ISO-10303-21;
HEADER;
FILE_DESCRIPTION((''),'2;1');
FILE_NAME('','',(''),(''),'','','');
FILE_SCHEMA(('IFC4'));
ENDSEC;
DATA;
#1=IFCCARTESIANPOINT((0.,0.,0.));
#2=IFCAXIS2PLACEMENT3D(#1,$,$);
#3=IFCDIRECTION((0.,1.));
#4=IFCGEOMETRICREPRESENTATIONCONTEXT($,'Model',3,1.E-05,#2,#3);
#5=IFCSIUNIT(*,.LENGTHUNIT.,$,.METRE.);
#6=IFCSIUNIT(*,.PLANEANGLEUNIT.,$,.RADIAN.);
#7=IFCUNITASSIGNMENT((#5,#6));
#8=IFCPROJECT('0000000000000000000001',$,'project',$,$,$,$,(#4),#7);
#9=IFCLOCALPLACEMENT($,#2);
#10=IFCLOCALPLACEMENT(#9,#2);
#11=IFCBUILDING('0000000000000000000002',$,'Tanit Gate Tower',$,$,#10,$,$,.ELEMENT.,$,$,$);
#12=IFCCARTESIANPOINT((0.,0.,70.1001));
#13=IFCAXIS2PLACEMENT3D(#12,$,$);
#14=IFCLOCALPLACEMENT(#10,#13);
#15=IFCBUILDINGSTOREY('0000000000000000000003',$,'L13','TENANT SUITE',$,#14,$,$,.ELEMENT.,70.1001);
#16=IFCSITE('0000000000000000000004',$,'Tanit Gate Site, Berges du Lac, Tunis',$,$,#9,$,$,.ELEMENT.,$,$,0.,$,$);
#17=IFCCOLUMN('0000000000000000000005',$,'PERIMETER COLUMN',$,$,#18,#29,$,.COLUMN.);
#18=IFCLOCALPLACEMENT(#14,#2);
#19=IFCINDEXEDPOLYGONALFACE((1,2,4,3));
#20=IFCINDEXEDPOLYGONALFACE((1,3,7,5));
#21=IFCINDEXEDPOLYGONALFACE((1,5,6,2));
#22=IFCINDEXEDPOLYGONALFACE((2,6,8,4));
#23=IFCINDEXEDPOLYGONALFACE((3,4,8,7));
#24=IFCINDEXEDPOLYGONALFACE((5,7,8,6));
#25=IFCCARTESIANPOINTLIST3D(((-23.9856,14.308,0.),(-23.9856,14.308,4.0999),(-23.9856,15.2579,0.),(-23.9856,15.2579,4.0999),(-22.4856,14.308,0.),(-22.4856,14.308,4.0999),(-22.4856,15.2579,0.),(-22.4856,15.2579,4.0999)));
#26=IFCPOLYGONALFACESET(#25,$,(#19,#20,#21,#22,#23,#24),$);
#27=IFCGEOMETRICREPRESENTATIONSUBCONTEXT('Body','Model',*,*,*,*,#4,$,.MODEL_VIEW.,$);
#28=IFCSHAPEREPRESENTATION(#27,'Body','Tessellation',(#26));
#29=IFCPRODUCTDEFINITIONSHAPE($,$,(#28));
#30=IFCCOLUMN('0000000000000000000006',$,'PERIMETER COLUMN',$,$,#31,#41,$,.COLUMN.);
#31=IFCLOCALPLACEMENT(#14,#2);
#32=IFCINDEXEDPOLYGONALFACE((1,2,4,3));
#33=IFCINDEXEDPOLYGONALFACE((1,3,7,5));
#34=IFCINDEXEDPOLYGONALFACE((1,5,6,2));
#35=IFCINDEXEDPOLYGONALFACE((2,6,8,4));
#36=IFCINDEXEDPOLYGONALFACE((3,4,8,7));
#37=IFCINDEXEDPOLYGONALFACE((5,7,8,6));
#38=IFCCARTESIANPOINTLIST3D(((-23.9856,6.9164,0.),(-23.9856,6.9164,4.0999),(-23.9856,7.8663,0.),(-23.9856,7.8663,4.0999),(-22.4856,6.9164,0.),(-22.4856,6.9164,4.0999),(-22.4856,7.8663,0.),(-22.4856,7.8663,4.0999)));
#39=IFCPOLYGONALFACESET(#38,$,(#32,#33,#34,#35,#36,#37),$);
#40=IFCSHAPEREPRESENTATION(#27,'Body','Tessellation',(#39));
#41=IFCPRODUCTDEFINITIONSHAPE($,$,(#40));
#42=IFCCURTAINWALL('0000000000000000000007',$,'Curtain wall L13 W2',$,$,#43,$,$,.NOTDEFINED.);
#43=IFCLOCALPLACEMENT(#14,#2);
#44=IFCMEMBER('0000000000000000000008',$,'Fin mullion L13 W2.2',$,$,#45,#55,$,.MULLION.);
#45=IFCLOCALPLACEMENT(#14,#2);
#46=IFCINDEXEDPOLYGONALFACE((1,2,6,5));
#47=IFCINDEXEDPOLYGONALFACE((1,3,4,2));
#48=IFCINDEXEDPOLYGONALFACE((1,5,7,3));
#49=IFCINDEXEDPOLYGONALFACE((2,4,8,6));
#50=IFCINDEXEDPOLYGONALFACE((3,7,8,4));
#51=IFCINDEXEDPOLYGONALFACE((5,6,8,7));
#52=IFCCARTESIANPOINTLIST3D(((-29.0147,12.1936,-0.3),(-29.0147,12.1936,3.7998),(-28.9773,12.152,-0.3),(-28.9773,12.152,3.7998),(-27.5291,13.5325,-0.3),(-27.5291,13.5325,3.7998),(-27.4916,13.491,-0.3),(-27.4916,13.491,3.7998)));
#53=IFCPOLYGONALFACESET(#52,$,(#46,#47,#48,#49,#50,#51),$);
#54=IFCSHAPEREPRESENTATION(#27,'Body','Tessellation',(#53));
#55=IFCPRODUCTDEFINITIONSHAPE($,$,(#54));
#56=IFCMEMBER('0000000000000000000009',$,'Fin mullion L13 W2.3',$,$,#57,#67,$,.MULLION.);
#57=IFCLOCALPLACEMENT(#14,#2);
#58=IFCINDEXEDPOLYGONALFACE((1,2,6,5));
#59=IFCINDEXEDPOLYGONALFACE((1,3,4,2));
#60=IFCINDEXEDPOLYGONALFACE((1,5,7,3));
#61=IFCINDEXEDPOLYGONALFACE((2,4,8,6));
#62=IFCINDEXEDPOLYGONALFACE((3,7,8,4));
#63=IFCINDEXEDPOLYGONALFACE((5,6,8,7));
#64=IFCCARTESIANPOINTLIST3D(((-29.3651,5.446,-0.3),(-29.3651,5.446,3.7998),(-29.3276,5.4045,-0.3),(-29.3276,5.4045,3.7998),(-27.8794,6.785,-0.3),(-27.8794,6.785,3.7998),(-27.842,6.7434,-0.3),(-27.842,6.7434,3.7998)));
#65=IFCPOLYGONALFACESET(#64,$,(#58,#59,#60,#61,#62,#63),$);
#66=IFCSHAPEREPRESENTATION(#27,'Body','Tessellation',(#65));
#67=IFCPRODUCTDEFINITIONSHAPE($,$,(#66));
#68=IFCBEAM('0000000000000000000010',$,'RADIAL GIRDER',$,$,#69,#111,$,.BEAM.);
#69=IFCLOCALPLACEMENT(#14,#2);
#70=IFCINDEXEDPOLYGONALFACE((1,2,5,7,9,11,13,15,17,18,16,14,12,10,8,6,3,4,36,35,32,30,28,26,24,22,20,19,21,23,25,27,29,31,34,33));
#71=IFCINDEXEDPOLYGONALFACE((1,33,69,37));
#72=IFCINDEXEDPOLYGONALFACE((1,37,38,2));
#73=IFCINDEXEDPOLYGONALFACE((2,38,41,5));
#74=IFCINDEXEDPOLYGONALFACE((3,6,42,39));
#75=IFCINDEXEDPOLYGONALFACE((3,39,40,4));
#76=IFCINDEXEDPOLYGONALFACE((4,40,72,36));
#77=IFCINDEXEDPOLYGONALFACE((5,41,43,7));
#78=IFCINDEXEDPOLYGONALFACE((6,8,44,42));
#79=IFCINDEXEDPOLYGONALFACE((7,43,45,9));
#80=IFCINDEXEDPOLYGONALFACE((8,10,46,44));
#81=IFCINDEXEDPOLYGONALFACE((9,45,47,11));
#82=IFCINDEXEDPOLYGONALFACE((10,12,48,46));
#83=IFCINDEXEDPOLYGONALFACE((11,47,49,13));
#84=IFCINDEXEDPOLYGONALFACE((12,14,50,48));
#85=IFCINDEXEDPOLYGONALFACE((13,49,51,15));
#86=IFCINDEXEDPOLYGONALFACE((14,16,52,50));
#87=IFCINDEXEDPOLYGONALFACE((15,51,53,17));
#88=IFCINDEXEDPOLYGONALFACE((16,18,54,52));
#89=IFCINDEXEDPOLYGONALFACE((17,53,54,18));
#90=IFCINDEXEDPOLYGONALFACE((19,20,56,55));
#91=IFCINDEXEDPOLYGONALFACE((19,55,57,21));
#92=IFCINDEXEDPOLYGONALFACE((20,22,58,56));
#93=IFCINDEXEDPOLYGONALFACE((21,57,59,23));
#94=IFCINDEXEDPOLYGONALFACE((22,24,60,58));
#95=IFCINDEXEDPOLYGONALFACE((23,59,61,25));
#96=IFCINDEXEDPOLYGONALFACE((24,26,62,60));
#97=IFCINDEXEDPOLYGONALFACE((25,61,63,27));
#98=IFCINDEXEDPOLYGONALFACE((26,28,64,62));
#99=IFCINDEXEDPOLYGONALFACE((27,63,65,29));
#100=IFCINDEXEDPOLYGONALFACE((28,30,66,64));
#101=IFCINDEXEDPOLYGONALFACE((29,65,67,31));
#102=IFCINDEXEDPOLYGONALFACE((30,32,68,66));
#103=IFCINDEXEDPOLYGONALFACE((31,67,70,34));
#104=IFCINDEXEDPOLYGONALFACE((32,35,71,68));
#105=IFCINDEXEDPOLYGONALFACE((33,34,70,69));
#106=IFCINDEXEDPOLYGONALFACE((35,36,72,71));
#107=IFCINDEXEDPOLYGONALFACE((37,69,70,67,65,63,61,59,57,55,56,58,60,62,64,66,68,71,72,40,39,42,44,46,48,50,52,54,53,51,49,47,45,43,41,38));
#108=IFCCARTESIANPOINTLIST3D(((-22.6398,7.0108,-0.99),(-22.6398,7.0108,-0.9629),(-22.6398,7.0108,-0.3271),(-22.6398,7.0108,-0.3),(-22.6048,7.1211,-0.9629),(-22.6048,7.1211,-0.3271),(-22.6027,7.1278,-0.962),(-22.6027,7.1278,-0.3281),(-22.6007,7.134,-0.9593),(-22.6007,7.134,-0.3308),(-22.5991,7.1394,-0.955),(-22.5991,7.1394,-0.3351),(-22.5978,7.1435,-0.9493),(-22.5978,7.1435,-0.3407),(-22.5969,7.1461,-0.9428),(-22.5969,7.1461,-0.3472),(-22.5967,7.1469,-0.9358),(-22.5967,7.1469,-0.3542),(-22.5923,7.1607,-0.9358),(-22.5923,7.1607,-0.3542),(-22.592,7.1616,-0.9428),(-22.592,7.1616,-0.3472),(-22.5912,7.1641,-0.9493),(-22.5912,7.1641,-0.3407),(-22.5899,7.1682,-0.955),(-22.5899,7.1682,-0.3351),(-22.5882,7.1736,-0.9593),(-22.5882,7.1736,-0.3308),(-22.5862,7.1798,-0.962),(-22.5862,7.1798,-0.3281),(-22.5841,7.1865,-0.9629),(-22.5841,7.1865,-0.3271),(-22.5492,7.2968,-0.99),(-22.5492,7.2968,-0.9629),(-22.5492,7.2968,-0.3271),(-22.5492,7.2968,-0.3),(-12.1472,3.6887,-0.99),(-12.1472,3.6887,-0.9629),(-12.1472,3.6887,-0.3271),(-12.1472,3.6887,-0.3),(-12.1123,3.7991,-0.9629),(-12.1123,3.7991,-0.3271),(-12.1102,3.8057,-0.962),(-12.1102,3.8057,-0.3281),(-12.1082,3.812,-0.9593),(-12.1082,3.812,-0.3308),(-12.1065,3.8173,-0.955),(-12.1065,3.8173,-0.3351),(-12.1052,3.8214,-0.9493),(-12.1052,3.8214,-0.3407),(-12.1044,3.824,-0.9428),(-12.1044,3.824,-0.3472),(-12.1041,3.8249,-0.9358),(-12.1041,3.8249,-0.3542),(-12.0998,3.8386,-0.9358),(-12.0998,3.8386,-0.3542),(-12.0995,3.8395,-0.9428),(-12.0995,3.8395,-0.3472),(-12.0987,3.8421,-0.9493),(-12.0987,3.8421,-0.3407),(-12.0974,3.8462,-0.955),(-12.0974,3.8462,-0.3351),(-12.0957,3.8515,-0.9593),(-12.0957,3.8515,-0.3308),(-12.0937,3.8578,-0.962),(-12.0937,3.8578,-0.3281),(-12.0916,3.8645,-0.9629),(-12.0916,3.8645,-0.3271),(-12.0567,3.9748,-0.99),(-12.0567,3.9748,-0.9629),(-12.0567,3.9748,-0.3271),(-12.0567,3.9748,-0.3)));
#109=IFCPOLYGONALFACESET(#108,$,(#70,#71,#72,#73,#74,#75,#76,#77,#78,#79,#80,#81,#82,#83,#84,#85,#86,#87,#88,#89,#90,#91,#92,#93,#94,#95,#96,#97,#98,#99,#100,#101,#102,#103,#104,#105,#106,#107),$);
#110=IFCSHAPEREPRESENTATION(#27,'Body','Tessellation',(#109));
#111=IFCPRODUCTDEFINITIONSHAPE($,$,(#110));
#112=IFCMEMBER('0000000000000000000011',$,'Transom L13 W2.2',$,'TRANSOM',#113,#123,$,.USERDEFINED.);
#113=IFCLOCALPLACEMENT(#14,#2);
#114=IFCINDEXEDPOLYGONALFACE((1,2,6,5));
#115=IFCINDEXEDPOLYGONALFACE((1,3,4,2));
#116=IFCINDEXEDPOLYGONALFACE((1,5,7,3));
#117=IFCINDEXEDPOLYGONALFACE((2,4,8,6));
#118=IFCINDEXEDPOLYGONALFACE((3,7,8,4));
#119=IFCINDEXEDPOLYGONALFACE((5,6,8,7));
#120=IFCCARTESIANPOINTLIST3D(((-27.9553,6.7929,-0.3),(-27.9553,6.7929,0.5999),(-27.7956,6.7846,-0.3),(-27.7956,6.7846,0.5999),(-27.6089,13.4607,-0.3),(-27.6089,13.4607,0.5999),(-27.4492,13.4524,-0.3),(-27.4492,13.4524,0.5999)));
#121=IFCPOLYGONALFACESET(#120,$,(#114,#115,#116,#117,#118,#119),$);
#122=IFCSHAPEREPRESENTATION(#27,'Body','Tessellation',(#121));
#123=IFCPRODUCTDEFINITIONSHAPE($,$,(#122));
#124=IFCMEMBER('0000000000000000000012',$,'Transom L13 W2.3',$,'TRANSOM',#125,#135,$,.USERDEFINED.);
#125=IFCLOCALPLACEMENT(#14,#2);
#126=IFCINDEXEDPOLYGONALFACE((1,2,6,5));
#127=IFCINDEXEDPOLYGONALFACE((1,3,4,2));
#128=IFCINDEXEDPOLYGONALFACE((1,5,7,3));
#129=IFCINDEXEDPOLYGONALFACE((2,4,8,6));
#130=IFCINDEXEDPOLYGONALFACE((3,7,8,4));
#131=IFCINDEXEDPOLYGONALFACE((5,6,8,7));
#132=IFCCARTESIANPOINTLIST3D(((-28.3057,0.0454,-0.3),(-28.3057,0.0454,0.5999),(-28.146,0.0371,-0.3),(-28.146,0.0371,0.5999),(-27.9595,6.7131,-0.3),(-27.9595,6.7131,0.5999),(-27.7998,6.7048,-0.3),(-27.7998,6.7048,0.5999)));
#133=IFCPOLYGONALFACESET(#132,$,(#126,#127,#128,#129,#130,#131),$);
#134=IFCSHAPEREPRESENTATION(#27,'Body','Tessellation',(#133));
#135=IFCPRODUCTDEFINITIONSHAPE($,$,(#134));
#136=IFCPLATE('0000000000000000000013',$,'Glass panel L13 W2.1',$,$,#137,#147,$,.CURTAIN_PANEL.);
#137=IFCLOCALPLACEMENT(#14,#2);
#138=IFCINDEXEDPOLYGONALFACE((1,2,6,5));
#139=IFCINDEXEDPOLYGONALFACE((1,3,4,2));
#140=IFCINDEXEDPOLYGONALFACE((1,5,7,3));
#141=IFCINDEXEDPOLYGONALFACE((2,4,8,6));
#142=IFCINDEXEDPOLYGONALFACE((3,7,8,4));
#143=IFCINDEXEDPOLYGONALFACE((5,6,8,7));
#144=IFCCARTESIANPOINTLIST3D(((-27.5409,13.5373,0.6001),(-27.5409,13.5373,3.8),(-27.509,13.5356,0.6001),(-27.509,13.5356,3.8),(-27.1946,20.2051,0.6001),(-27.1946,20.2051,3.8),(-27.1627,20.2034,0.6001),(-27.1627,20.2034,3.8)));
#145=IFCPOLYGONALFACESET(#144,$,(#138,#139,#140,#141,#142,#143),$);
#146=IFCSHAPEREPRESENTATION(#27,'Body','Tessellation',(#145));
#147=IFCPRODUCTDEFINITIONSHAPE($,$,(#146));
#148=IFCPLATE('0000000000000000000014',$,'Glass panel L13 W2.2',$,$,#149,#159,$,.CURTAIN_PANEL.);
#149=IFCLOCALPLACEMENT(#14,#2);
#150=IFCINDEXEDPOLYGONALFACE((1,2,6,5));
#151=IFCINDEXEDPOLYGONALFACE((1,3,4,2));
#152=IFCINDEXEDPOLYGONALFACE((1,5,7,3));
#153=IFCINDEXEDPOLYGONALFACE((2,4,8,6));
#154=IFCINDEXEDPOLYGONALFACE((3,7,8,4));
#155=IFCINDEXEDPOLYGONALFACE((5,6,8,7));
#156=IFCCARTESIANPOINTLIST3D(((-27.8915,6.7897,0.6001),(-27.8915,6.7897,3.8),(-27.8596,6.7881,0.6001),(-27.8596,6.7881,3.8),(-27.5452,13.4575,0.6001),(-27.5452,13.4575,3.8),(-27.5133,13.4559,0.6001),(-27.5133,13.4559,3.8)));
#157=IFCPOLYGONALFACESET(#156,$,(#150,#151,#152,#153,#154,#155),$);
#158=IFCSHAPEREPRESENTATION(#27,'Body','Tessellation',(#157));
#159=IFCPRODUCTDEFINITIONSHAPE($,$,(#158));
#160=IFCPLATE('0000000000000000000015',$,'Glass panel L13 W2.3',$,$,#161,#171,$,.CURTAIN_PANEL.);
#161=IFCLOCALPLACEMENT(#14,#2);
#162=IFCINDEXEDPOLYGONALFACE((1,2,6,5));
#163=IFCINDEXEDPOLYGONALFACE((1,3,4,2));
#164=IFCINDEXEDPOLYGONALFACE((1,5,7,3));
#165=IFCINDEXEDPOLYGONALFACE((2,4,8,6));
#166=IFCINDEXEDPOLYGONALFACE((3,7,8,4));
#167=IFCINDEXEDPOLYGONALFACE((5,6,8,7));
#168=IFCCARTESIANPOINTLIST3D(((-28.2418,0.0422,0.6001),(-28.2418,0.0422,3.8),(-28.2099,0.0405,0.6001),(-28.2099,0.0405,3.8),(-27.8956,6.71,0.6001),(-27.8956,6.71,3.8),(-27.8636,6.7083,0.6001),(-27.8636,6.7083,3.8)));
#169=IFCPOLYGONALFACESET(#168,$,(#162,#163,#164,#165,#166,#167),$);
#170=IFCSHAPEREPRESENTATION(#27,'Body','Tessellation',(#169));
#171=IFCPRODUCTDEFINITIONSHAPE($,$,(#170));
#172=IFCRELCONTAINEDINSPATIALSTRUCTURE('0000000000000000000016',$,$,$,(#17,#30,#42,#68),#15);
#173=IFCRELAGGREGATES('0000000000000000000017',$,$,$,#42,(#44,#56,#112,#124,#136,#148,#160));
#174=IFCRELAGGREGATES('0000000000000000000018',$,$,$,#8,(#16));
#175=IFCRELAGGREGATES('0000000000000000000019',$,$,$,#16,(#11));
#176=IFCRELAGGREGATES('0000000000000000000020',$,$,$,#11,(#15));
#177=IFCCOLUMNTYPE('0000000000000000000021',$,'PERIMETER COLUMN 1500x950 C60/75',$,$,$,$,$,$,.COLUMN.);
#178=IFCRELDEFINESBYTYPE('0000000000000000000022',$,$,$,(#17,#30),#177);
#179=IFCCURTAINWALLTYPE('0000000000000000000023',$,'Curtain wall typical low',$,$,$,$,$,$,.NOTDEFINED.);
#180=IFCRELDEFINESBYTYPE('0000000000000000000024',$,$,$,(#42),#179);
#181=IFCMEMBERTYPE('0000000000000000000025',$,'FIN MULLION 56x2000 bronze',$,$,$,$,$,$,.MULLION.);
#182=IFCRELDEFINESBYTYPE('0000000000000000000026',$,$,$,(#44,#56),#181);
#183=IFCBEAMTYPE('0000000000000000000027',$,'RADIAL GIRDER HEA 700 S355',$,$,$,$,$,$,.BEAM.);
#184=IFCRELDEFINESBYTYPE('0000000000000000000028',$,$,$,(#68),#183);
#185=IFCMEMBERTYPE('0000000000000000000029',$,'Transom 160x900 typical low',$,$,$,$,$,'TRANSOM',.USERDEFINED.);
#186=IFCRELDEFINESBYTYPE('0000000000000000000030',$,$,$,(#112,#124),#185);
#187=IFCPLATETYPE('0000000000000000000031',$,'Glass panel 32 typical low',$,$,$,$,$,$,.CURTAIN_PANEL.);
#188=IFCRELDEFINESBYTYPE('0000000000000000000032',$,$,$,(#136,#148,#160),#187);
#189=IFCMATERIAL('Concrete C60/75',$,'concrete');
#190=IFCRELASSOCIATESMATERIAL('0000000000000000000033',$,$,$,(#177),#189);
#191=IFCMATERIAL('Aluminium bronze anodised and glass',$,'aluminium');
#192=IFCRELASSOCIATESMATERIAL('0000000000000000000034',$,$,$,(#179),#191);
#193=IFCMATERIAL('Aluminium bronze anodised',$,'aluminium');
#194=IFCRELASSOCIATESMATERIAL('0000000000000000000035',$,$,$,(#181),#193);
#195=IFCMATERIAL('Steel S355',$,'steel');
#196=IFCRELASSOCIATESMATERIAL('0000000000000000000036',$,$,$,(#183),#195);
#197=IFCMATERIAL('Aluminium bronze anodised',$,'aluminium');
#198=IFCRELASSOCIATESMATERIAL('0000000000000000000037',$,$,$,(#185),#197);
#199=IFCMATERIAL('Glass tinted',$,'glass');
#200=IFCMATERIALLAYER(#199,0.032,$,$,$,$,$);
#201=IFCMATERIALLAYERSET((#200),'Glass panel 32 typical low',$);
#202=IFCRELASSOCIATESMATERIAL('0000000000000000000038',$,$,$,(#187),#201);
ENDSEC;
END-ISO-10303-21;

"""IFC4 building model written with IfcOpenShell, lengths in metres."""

from ifc_helpers import new_model, si_unit, direction, frame, origin, origin_2d, place, context, subcontext, project, spatial, rectangle, i_section, extrude, material, layer, layer_set, material_profile, profile_set, type_object, element, aggregate, save


model = new_model("IFC4")

# Units and contexts
model_context = context("Model", 3, precision=1e-05, world=origin(), true_north=direction((0.0, 1.0)))
body_context = subcontext(model_context, "Body", "Model", "MODEL_VIEW")
ifc_project = project(units=[si_unit("LENGTHUNIT", "METRE"), si_unit("PLANEANGLEUNIT", "RADIAN")], contexts=[model_context])

# Site, building, storey
site_placement = place(None, origin())
site = spatial("IfcSite", under=ifc_project, at=site_placement, Name="Tanit Gate Site, Berges du Lac, Tunis", CompositionType="ELEMENT", RefElevation=0.0)
building_placement = place(site_placement, origin())
building = spatial("IfcBuilding", under=site, at=building_placement, Name="Tanit Gate Tower", CompositionType="ELEMENT")
storey_placement = place(building_placement, frame((0.0, 0.0, 70.1001)))
storey = spatial("IfcBuildingStorey", under=building, at=storey_placement, Name="L13", Description="TENANT SUITE", CompositionType="ELEMENT", Elevation=70.1001)

# Columns
ifc_material_1 = material(Name="Concrete C60/75", Category="concrete")
ifc_material_profile_1 = material_profile(ifc_material_1, rectangle(XDim=1.5, YDim=0.95, at=origin_2d()), Name="RC 1500x950")
ifc_profile_set_1 = profile_set([ifc_material_profile_1], Name="Concrete C60/75")
column_type = type_object("IfcColumnType", Name="PERIMETER COLUMN 1500x950 C60/75", PredefinedType="COLUMN", material=ifc_profile_set_1)
for number, where, z_axis, x_axis, name in (
    (1, (-23.2356, 14.783, 0.0), (0.0, 0.0, 1.0), (-1.0, 0.0, 0.0), "PERIMETER COLUMN"),
    (2, (-23.2356, 7.3914, 0.0), (0.0, 0.0, 1.0), (-1.0, 0.0, 0.0), "PERIMETER COLUMN"),
):
    element("IfcColumn", number, at=place(storey_placement, frame(where, z_axis=z_axis, x_axis=x_axis)), inside=storey, type_object=column_type, Name=name, PredefinedType="COLUMN", context=body_context, shape_type="SweptSolid", body=[
        extrude(rectangle(XDim=1.5, YDim=0.95, at=origin_2d()), origin(), (0.0, 0.0, 1.0), 4.0999),
    ])

# Curtain wall, members
ifc_material_2 = material(Name="Aluminium bronze anodised and glass", Category="aluminium")
curtain_wall_type = type_object("IfcCurtainWallType", Name="Curtain wall typical low", PredefinedType="NOTDEFINED", material=ifc_material_2)
curtain_wall_placement = place(storey_placement, origin())
curtain_wall = element("IfcCurtainWall", 3, at=curtain_wall_placement, inside=storey, type_object=curtain_wall_type, Name="Curtain wall L13 W2", PredefinedType="NOTDEFINED")
ifc_material_3 = material(Name="Aluminium bronze anodised", Category="aluminium")
ifc_material_profile_2 = material_profile(ifc_material_3, rectangle(XDim=2.0, YDim=0.0559, at=origin_2d()), Name="56x2000 bronze fin mullion")
ifc_profile_set_2 = profile_set([ifc_material_profile_2], Name="Aluminium bronze anodised")
member_type_1 = type_object("IfcMemberType", Name="FIN MULLION 56x2000 bronze", PredefinedType="MULLION", material=ifc_profile_set_2)
member_1_placement = place(storey_placement, frame((-28.2532, 12.8423, -0.3), z_axis=(0.0, 0.0, 1.0), x_axis=(0.742829, 0.669481, 0.0)))
member_1 = element("IfcMember", 4, at=member_1_placement, type_object=member_type_1, Name="Fin mullion L13 W2.2", PredefinedType="MULLION", context=body_context, shape_type="SweptSolid", body=[
    extrude(rectangle(XDim=2.0, YDim=0.0559, at=origin_2d()), origin(), (0.0, 0.0, 1.0), 4.0999),
])
member_2_placement = place(storey_placement, frame((-28.6035, 6.0947, -0.3), z_axis=(0.0, 0.0, 1.0), x_axis=(0.742829, 0.669481, 0.0)))
member_2 = element("IfcMember", 5, at=member_2_placement, type_object=member_type_1, Name="Fin mullion L13 W2.3", PredefinedType="MULLION", context=body_context, shape_type="SweptSolid", body=[
    extrude(rectangle(XDim=2.0, YDim=0.0559, at=origin_2d()), origin(), (0.0, 0.0, 1.0), 4.0999),
])

# Beam
ifc_material_4 = material(Name="Steel S355", Category="steel")
ifc_material_profile_3 = material_profile(ifc_material_4, i_section(OverallWidth=0.3, OverallDepth=0.6899, WebThickness=0.0144, FlangeThickness=0.0271, FilletRadius=0.0271, at=origin_2d()), Name="HEA 700")
ifc_profile_set_3 = profile_set([ifc_material_profile_3], Name="Steel S355")
beam_type = type_object("IfcBeamType", Name="RADIAL GIRDER HEA 700 S355", PredefinedType="BEAM", material=ifc_profile_set_3)
beam_placement = place(storey_placement, frame((-22.5945, 7.1538, -0.645), z_axis=(0.953357, -0.301844, 0.0), x_axis=(0.301844, 0.953357, 0.0)))
element("IfcBeam", 6, at=beam_placement, inside=storey, type_object=beam_type, Name="RADIAL GIRDER", PredefinedType="BEAM", context=body_context, shape_type="SweptSolid", body=[
    extrude(i_section(OverallWidth=0.3, OverallDepth=0.6899, WebThickness=0.0144, FlangeThickness=0.0271, FilletRadius=0.0271, at=origin_2d()), origin(), (0.0, 0.0, 1.0), 11.0059),
])

# Members
ifc_material_5 = material(Name="Aluminium bronze anodised", Category="aluminium")
ifc_material_profile_4 = material_profile(ifc_material_5, rectangle(XDim=0.1599, YDim=0.8999, at=origin_2d()), Name="160x900 bronze transom")
ifc_profile_set_4 = profile_set([ifc_material_profile_4], Name="Aluminium bronze anodised")
member_type_2 = type_object("IfcMemberType", Name="Transom 160x900 typical low", ElementType="TRANSOM", PredefinedType="USERDEFINED", material=ifc_profile_set_4)
member_3_placement = place(storey_placement, frame((-27.5291, 13.4565, 0.1499), z_axis=(-0.051887, -0.998653, 0.0), x_axis=(0.998653, -0.051887, 0.0)))
member_3 = element("IfcMember", 7, at=member_3_placement, type_object=member_type_2, Name="Transom L13 W2.2", ObjectType="TRANSOM", PredefinedType="USERDEFINED", context=body_context, shape_type="SweptSolid", body=[
    extrude(rectangle(XDim=0.1599, YDim=0.8999, at=origin_2d()), origin(), (0.0, 0.0, 1.0), 6.6768),
])
member_4_placement = place(storey_placement, frame((-27.8796, 6.709, 0.1499), z_axis=(-0.051851, -0.998655, 0.0), x_axis=(0.998655, -0.051851, 0.0)))
member_4 = element("IfcMember", 8, at=member_4_placement, type_object=member_type_2, Name="Transom L13 W2.3", ObjectType="TRANSOM", PredefinedType="USERDEFINED", context=body_context, shape_type="SweptSolid", body=[
    extrude(rectangle(XDim=0.1599, YDim=0.8999, at=origin_2d()), origin(), (0.0, 0.0, 1.0), 6.6768),
])

# Plates
ifc_material_6 = material(Name="Glass tinted", Category="glass")
ifc_layer = layer(ifc_material_6, 0.032)
ifc_layer_set = layer_set([ifc_layer], Name="Glass panel 32 typical low")
plate_type = type_object("IfcPlateType", Name="Glass panel 32 typical low", PredefinedType="CURTAIN_PANEL", material=ifc_layer_set)
plate_1_placement = place(storey_placement, frame((-27.3518, 16.8704, 0.6001), z_axis=(0.0, 0.0, 1.0), x_axis=(-0.051865, -0.998654, 0.0)))
plate_1 = element("IfcPlate", 9, at=plate_1_placement, type_object=plate_type, Name="Glass panel L13 W2.1", PredefinedType="CURTAIN_PANEL", context=body_context, shape_type="SweptSolid", body=[
    extrude(rectangle(XDim=6.6768, YDim=0.032, at=origin_2d()), origin(), (0.0, 0.0, 1.0), 3.2),
])
plate_2_placement = place(storey_placement, frame((-27.7024, 10.1228, 0.6001), z_axis=(0.0, 0.0, 1.0), x_axis=(-0.051865, -0.998654, 0.0)))
plate_2 = element("IfcPlate", 10, at=plate_2_placement, type_object=plate_type, Name="Glass panel L13 W2.2", PredefinedType="CURTAIN_PANEL", context=body_context, shape_type="SweptSolid", body=[
    extrude(rectangle(XDim=6.6768, YDim=0.032, at=origin_2d()), origin(), (0.0, 0.0, 1.0), 3.2),
])
plate_3_placement = place(storey_placement, frame((-28.0527, 3.3752, 0.6001), z_axis=(0.0, 0.0, 1.0), x_axis=(-0.051865, -0.998654, 0.0)))
plate_3 = element("IfcPlate", 11, at=plate_3_placement, type_object=plate_type, Name="Glass panel L13 W2.3", PredefinedType="CURTAIN_PANEL", context=body_context, shape_type="SweptSolid", body=[
    extrude(rectangle(XDim=6.6768, YDim=0.032, at=origin_2d()), origin(), (0.0, 0.0, 1.0), 3.2),
])
aggregate(curtain_wall, [member_1, member_2, member_3, member_4, plate_1, plate_2, plate_3])

save(model, "model.ifc")
